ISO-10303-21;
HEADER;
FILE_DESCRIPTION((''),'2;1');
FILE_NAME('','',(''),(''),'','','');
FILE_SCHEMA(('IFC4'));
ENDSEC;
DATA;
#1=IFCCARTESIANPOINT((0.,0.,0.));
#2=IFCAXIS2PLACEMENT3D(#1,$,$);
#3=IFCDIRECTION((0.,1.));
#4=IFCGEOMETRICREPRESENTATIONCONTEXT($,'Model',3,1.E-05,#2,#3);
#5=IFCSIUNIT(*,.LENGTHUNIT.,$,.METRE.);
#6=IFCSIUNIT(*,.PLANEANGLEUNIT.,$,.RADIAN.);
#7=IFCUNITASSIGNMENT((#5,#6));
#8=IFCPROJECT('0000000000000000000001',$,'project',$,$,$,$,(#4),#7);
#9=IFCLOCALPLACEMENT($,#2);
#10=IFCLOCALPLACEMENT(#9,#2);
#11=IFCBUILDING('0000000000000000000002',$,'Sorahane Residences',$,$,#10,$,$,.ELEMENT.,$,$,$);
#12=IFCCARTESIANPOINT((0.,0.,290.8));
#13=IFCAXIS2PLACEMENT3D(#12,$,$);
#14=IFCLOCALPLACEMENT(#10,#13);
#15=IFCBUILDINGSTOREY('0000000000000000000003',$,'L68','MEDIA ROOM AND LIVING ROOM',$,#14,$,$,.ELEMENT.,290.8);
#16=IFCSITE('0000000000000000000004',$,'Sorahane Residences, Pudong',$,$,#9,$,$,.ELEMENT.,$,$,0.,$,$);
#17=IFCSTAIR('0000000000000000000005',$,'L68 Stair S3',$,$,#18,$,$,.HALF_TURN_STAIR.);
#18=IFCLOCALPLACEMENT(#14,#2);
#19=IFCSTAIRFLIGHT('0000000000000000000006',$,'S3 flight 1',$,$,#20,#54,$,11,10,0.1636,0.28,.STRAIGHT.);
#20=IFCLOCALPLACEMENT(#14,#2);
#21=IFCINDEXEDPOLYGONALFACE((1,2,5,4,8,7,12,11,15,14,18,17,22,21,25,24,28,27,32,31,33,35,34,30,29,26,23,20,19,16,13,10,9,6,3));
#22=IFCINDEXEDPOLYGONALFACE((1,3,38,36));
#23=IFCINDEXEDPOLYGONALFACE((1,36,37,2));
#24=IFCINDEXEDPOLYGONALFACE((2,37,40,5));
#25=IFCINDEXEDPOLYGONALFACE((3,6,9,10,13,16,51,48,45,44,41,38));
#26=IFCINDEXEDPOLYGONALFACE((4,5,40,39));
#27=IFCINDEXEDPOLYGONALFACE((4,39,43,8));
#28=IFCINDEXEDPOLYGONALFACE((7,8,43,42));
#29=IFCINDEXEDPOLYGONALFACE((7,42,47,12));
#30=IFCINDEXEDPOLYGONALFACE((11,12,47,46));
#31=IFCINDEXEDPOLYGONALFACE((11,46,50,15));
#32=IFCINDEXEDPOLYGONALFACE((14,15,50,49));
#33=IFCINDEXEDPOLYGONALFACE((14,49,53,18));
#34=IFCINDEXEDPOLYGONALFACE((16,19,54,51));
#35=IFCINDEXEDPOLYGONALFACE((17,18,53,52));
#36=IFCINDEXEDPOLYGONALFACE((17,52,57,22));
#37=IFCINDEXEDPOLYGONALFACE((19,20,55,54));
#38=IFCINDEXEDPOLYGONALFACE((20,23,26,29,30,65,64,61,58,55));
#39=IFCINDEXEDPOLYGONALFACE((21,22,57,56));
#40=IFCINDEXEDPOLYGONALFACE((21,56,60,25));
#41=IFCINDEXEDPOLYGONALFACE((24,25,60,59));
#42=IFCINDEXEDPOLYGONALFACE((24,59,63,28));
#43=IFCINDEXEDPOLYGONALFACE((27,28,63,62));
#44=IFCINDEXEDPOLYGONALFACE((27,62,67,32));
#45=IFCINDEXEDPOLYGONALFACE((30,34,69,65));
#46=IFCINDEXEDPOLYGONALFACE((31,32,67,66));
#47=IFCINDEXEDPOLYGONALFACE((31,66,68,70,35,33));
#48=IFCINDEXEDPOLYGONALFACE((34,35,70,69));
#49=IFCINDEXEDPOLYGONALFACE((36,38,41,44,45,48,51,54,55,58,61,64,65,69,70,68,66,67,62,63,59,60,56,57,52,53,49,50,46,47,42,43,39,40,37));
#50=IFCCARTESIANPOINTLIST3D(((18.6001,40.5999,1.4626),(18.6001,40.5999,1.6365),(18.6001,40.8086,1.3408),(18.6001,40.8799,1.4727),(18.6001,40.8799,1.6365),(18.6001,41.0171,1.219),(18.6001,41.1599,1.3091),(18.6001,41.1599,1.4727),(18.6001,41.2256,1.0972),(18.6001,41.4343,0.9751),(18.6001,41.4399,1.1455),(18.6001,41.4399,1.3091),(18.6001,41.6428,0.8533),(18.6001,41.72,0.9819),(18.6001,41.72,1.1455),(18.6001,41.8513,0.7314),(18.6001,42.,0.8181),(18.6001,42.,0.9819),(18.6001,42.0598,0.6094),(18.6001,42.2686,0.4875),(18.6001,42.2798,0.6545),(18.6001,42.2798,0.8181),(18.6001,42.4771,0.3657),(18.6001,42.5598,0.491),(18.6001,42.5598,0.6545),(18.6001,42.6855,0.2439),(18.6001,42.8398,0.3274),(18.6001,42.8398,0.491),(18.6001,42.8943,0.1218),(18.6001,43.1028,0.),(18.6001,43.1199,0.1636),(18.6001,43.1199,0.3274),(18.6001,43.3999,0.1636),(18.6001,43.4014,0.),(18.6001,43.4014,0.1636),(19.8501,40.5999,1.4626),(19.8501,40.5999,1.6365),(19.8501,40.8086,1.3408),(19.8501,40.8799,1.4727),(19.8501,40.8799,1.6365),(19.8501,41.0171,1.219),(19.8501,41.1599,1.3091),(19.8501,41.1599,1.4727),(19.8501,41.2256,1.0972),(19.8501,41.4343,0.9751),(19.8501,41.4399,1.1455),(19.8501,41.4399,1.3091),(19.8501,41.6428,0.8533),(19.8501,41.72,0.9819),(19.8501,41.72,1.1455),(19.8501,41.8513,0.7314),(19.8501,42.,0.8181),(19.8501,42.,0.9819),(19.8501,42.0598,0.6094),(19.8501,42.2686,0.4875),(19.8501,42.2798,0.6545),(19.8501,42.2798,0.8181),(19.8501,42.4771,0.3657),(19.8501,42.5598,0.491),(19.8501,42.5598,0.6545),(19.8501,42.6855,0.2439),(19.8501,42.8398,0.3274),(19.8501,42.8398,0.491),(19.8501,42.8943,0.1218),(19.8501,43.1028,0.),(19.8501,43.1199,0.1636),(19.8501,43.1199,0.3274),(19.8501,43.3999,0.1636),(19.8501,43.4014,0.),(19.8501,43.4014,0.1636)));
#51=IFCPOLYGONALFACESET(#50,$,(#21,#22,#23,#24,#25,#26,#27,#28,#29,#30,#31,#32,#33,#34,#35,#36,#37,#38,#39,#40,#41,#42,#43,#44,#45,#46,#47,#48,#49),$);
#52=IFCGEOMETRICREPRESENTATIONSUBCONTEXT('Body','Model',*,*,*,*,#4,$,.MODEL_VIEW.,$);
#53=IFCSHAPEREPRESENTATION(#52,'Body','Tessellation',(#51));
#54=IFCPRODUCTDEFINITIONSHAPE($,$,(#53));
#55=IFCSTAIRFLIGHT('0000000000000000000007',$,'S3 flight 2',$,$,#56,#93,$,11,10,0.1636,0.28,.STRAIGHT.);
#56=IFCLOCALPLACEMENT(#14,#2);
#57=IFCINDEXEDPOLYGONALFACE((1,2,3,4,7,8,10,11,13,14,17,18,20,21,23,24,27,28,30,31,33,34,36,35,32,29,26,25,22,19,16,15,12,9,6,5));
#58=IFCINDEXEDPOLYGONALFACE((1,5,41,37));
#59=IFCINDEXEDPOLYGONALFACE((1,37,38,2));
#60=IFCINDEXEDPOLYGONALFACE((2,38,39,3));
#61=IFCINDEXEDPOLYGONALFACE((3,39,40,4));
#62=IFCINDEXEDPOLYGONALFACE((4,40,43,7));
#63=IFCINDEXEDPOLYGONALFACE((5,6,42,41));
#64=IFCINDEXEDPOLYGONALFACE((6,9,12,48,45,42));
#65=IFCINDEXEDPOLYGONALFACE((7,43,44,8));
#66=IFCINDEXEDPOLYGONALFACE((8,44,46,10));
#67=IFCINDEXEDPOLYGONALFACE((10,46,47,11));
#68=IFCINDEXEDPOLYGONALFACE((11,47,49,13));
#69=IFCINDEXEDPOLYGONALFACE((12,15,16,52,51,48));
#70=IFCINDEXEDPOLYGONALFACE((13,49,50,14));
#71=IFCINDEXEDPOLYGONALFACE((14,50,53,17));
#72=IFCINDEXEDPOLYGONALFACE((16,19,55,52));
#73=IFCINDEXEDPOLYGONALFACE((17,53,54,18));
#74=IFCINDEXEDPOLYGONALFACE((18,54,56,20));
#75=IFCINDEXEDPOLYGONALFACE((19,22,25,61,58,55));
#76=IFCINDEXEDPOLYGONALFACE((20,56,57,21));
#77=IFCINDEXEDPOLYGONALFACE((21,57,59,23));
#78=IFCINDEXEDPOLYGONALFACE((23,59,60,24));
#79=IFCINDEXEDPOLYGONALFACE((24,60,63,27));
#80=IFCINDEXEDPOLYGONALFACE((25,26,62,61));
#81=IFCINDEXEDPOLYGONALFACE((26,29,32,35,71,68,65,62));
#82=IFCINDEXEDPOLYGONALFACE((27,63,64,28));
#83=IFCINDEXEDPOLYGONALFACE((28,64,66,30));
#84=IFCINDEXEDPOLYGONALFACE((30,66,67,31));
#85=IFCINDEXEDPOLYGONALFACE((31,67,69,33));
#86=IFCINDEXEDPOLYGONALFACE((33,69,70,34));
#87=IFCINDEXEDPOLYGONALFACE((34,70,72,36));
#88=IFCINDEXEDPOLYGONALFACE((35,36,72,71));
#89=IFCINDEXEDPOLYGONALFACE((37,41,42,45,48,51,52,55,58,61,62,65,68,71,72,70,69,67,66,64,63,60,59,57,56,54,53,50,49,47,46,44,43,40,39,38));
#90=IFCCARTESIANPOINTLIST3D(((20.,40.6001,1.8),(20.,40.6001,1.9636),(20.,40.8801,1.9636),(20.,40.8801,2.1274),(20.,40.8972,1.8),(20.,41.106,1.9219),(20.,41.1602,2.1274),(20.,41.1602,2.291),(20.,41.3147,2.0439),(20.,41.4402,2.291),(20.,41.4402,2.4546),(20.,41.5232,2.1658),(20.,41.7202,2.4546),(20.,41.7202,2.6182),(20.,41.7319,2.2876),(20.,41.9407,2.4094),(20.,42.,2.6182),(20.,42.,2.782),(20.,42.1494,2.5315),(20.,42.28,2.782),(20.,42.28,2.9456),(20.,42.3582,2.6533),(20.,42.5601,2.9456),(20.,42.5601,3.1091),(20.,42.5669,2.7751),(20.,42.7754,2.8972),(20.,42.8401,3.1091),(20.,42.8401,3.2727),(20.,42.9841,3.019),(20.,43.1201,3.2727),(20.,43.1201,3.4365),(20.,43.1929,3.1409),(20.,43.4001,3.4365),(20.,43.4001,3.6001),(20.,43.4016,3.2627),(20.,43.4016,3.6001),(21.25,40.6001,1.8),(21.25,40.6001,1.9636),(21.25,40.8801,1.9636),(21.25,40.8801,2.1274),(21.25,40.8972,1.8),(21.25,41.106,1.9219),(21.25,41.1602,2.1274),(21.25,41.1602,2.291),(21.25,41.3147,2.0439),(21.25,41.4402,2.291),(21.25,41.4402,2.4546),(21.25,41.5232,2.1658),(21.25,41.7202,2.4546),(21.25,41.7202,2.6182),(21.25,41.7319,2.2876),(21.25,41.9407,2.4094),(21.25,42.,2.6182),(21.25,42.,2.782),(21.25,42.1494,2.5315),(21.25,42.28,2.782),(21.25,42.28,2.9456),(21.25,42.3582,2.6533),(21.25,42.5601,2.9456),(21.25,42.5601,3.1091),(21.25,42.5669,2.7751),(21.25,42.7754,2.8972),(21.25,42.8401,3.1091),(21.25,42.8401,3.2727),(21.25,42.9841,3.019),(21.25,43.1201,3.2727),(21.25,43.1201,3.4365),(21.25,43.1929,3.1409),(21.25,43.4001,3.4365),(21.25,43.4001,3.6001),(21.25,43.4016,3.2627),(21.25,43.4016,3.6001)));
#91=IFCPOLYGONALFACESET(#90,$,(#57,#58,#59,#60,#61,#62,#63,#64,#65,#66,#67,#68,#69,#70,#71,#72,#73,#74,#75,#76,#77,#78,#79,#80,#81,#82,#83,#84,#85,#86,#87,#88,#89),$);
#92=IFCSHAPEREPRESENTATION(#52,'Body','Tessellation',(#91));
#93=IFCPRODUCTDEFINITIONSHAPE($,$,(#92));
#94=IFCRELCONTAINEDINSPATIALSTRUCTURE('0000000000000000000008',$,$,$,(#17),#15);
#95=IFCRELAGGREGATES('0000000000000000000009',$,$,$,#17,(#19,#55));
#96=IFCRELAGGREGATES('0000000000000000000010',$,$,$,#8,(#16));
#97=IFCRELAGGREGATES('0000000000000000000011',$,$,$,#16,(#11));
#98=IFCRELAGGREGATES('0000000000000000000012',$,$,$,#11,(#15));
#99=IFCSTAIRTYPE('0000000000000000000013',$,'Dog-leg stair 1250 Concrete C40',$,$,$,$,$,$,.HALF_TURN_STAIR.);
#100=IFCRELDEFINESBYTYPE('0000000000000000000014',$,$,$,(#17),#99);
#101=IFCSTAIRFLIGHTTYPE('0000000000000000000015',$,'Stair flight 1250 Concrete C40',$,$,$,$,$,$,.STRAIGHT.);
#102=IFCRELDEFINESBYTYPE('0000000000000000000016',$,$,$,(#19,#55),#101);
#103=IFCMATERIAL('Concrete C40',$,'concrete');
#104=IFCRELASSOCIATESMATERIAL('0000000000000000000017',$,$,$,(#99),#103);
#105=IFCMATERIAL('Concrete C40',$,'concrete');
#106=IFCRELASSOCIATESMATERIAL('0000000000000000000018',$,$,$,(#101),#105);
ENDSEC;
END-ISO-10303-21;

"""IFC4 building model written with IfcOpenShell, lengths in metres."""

from ifc_helpers import new_model, si_unit, direction, frame, origin, place, context, subcontext, project, spatial, polyline, outline, extrude, material, type_object, element, aggregate, save


model = new_model("IFC4")

# Units and contexts
model_context = context("Model", 3, precision=1e-05, world=origin(), true_north=direction((0.0, 1.0)))
body_context = subcontext(model_context, "Body", "Model", "MODEL_VIEW")
ifc_project = project(units=[si_unit("LENGTHUNIT", "METRE"), si_unit("PLANEANGLEUNIT", "RADIAN")], contexts=[model_context])

# Site, building, storey
site_placement = place(None, origin())
site = spatial("IfcSite", under=ifc_project, at=site_placement, Name="Sorahane Residences, Pudong", CompositionType="ELEMENT", RefElevation=0.0)
building_placement = place(site_placement, origin())
building = spatial("IfcBuilding", under=site, at=building_placement, Name="Sorahane Residences", CompositionType="ELEMENT")
storey_placement = place(building_placement, frame((0.0, 0.0, 290.8)))
storey = spatial("IfcBuildingStorey", under=building, at=storey_placement, Name="L68", Description="MEDIA ROOM AND LIVING ROOM", CompositionType="ELEMENT", Elevation=290.8)

# Stair, stair flights
ifc_material_1 = material(Name="Concrete C40", Category="concrete")
stair_type = type_object("IfcStairType", Name="Dog-leg stair 1250 Concrete C40", PredefinedType="HALF_TURN_STAIR", material=ifc_material_1)
stair_placement = place(storey_placement, origin())
stair = element("IfcStair", 1, at=stair_placement, inside=storey, type_object=stair_type, Name="L68 Stair S3", PredefinedType="HALF_TURN_STAIR")
ifc_material_2 = material(Name="Concrete C40", Category="concrete")
stair_flight_type = type_object("IfcStairFlightType", Name="Stair flight 1250 Concrete C40", PredefinedType="STRAIGHT", material=ifc_material_2)
stair_flight_1_placement = place(storey_placement, frame((19.2251, 43.3999, 0.0), z_axis=(0.0, 0.0, 1.0), x_axis=(0.0, -1.0, 0.0)))
stair_flight_1 = element("IfcStairFlight", 2, at=stair_flight_1_placement, type_object=stair_flight_type, Name="S3 flight 1", NumberOfRisers=11, NumberOfTreads=10, PredefinedType="STRAIGHT", RiserHeight=0.1636, TreadLength=0.28, context=body_context, shape_type="SweptSolid", body=[
    extrude(outline(polyline([(-0.0015, 0.0), (-0.0015, 0.1636), (0.0, 0.1636), (0.28, 0.1636), (0.28, 0.3274), (0.5601, 0.3274), (0.5601, 0.491), (0.8401, 0.491), (0.8401, 0.6545), (1.1201, 0.6545), (1.1201, 0.8181), (1.3999, 0.8181), (1.3999, 0.9819), (1.6799, 0.9819), (1.6799, 1.1455), (1.96, 1.1455), (1.96, 1.3091), (2.24, 1.3091), (2.24, 1.4727), (2.52, 1.4727), (2.52, 1.6365), (2.8, 1.6365), (2.8, 1.8), (2.8, 1.4626), (2.5913, 1.3408), (2.3828, 1.219), (2.1743, 1.0972), (1.9656, 0.9751), (1.7571, 0.8533), (1.5486, 0.7314), (1.3401, 0.6094), (1.1313, 0.4875), (0.9229, 0.3657), (0.7144, 0.2439), (0.5056, 0.1218), (0.2971, 0.0), (-0.0015, 0.0)])), frame((0.0, 0.625, 0.0), z_axis=(0.0, -1.0, 0.0), x_axis=(1.0, 0.0, 0.0)), (0.0, 0.0, 1.0), 1.25),
])
stair_flight_2_placement = place(storey_placement, frame((20.625, 40.6001, 1.8), z_axis=(0.0, 0.0, 1.0), x_axis=(0.0, 1.0, 0.0)))
stair_flight_2 = element("IfcStairFlight", 3, at=stair_flight_2_placement, type_object=stair_flight_type, Name="S3 flight 2", NumberOfRisers=11, NumberOfTreads=10, PredefinedType="STRAIGHT", RiserHeight=0.1636, TreadLength=0.28, context=body_context, shape_type="SweptSolid", body=[
    extrude(outline(polyline([(0.0, 0.0), (0.0, 0.1636), (0.28, 0.1636), (0.28, 0.3274), (0.5601, 0.3274), (0.5601, 0.491), (0.8401, 0.491), (0.8401, 0.6545), (1.1201, 0.6545), (1.1201, 0.8181), (1.3999, 0.8181), (1.3999, 0.9819), (1.6799, 0.9819), (1.6799, 1.1455), (1.96, 1.1455), (1.96, 1.3091), (2.24, 1.3091), (2.24, 1.4727), (2.52, 1.4727), (2.52, 1.6365), (2.8, 1.6365), (2.8, 1.8), (2.8015, 1.8), (2.8015, 1.4626), (2.5928, 1.3408), (2.384, 1.219), (2.1753, 1.0972), (1.9668, 0.9751), (1.7581, 0.8533), (1.5493, 0.7314), (1.3406, 0.6094), (1.1318, 0.4875), (0.9231, 0.3657), (0.7146, 0.2439), (0.5059, 0.1218), (0.2971, 0.0), (0.0, 0.0)])), frame((0.0, 0.625, 0.0), z_axis=(0.0, -1.0, 0.0), x_axis=(1.0, 0.0, 0.0)), (0.0, 0.0, 1.0), 1.25),
])
aggregate(stair, [stair_flight_1, stair_flight_2])

save(model, "model.ifc")
